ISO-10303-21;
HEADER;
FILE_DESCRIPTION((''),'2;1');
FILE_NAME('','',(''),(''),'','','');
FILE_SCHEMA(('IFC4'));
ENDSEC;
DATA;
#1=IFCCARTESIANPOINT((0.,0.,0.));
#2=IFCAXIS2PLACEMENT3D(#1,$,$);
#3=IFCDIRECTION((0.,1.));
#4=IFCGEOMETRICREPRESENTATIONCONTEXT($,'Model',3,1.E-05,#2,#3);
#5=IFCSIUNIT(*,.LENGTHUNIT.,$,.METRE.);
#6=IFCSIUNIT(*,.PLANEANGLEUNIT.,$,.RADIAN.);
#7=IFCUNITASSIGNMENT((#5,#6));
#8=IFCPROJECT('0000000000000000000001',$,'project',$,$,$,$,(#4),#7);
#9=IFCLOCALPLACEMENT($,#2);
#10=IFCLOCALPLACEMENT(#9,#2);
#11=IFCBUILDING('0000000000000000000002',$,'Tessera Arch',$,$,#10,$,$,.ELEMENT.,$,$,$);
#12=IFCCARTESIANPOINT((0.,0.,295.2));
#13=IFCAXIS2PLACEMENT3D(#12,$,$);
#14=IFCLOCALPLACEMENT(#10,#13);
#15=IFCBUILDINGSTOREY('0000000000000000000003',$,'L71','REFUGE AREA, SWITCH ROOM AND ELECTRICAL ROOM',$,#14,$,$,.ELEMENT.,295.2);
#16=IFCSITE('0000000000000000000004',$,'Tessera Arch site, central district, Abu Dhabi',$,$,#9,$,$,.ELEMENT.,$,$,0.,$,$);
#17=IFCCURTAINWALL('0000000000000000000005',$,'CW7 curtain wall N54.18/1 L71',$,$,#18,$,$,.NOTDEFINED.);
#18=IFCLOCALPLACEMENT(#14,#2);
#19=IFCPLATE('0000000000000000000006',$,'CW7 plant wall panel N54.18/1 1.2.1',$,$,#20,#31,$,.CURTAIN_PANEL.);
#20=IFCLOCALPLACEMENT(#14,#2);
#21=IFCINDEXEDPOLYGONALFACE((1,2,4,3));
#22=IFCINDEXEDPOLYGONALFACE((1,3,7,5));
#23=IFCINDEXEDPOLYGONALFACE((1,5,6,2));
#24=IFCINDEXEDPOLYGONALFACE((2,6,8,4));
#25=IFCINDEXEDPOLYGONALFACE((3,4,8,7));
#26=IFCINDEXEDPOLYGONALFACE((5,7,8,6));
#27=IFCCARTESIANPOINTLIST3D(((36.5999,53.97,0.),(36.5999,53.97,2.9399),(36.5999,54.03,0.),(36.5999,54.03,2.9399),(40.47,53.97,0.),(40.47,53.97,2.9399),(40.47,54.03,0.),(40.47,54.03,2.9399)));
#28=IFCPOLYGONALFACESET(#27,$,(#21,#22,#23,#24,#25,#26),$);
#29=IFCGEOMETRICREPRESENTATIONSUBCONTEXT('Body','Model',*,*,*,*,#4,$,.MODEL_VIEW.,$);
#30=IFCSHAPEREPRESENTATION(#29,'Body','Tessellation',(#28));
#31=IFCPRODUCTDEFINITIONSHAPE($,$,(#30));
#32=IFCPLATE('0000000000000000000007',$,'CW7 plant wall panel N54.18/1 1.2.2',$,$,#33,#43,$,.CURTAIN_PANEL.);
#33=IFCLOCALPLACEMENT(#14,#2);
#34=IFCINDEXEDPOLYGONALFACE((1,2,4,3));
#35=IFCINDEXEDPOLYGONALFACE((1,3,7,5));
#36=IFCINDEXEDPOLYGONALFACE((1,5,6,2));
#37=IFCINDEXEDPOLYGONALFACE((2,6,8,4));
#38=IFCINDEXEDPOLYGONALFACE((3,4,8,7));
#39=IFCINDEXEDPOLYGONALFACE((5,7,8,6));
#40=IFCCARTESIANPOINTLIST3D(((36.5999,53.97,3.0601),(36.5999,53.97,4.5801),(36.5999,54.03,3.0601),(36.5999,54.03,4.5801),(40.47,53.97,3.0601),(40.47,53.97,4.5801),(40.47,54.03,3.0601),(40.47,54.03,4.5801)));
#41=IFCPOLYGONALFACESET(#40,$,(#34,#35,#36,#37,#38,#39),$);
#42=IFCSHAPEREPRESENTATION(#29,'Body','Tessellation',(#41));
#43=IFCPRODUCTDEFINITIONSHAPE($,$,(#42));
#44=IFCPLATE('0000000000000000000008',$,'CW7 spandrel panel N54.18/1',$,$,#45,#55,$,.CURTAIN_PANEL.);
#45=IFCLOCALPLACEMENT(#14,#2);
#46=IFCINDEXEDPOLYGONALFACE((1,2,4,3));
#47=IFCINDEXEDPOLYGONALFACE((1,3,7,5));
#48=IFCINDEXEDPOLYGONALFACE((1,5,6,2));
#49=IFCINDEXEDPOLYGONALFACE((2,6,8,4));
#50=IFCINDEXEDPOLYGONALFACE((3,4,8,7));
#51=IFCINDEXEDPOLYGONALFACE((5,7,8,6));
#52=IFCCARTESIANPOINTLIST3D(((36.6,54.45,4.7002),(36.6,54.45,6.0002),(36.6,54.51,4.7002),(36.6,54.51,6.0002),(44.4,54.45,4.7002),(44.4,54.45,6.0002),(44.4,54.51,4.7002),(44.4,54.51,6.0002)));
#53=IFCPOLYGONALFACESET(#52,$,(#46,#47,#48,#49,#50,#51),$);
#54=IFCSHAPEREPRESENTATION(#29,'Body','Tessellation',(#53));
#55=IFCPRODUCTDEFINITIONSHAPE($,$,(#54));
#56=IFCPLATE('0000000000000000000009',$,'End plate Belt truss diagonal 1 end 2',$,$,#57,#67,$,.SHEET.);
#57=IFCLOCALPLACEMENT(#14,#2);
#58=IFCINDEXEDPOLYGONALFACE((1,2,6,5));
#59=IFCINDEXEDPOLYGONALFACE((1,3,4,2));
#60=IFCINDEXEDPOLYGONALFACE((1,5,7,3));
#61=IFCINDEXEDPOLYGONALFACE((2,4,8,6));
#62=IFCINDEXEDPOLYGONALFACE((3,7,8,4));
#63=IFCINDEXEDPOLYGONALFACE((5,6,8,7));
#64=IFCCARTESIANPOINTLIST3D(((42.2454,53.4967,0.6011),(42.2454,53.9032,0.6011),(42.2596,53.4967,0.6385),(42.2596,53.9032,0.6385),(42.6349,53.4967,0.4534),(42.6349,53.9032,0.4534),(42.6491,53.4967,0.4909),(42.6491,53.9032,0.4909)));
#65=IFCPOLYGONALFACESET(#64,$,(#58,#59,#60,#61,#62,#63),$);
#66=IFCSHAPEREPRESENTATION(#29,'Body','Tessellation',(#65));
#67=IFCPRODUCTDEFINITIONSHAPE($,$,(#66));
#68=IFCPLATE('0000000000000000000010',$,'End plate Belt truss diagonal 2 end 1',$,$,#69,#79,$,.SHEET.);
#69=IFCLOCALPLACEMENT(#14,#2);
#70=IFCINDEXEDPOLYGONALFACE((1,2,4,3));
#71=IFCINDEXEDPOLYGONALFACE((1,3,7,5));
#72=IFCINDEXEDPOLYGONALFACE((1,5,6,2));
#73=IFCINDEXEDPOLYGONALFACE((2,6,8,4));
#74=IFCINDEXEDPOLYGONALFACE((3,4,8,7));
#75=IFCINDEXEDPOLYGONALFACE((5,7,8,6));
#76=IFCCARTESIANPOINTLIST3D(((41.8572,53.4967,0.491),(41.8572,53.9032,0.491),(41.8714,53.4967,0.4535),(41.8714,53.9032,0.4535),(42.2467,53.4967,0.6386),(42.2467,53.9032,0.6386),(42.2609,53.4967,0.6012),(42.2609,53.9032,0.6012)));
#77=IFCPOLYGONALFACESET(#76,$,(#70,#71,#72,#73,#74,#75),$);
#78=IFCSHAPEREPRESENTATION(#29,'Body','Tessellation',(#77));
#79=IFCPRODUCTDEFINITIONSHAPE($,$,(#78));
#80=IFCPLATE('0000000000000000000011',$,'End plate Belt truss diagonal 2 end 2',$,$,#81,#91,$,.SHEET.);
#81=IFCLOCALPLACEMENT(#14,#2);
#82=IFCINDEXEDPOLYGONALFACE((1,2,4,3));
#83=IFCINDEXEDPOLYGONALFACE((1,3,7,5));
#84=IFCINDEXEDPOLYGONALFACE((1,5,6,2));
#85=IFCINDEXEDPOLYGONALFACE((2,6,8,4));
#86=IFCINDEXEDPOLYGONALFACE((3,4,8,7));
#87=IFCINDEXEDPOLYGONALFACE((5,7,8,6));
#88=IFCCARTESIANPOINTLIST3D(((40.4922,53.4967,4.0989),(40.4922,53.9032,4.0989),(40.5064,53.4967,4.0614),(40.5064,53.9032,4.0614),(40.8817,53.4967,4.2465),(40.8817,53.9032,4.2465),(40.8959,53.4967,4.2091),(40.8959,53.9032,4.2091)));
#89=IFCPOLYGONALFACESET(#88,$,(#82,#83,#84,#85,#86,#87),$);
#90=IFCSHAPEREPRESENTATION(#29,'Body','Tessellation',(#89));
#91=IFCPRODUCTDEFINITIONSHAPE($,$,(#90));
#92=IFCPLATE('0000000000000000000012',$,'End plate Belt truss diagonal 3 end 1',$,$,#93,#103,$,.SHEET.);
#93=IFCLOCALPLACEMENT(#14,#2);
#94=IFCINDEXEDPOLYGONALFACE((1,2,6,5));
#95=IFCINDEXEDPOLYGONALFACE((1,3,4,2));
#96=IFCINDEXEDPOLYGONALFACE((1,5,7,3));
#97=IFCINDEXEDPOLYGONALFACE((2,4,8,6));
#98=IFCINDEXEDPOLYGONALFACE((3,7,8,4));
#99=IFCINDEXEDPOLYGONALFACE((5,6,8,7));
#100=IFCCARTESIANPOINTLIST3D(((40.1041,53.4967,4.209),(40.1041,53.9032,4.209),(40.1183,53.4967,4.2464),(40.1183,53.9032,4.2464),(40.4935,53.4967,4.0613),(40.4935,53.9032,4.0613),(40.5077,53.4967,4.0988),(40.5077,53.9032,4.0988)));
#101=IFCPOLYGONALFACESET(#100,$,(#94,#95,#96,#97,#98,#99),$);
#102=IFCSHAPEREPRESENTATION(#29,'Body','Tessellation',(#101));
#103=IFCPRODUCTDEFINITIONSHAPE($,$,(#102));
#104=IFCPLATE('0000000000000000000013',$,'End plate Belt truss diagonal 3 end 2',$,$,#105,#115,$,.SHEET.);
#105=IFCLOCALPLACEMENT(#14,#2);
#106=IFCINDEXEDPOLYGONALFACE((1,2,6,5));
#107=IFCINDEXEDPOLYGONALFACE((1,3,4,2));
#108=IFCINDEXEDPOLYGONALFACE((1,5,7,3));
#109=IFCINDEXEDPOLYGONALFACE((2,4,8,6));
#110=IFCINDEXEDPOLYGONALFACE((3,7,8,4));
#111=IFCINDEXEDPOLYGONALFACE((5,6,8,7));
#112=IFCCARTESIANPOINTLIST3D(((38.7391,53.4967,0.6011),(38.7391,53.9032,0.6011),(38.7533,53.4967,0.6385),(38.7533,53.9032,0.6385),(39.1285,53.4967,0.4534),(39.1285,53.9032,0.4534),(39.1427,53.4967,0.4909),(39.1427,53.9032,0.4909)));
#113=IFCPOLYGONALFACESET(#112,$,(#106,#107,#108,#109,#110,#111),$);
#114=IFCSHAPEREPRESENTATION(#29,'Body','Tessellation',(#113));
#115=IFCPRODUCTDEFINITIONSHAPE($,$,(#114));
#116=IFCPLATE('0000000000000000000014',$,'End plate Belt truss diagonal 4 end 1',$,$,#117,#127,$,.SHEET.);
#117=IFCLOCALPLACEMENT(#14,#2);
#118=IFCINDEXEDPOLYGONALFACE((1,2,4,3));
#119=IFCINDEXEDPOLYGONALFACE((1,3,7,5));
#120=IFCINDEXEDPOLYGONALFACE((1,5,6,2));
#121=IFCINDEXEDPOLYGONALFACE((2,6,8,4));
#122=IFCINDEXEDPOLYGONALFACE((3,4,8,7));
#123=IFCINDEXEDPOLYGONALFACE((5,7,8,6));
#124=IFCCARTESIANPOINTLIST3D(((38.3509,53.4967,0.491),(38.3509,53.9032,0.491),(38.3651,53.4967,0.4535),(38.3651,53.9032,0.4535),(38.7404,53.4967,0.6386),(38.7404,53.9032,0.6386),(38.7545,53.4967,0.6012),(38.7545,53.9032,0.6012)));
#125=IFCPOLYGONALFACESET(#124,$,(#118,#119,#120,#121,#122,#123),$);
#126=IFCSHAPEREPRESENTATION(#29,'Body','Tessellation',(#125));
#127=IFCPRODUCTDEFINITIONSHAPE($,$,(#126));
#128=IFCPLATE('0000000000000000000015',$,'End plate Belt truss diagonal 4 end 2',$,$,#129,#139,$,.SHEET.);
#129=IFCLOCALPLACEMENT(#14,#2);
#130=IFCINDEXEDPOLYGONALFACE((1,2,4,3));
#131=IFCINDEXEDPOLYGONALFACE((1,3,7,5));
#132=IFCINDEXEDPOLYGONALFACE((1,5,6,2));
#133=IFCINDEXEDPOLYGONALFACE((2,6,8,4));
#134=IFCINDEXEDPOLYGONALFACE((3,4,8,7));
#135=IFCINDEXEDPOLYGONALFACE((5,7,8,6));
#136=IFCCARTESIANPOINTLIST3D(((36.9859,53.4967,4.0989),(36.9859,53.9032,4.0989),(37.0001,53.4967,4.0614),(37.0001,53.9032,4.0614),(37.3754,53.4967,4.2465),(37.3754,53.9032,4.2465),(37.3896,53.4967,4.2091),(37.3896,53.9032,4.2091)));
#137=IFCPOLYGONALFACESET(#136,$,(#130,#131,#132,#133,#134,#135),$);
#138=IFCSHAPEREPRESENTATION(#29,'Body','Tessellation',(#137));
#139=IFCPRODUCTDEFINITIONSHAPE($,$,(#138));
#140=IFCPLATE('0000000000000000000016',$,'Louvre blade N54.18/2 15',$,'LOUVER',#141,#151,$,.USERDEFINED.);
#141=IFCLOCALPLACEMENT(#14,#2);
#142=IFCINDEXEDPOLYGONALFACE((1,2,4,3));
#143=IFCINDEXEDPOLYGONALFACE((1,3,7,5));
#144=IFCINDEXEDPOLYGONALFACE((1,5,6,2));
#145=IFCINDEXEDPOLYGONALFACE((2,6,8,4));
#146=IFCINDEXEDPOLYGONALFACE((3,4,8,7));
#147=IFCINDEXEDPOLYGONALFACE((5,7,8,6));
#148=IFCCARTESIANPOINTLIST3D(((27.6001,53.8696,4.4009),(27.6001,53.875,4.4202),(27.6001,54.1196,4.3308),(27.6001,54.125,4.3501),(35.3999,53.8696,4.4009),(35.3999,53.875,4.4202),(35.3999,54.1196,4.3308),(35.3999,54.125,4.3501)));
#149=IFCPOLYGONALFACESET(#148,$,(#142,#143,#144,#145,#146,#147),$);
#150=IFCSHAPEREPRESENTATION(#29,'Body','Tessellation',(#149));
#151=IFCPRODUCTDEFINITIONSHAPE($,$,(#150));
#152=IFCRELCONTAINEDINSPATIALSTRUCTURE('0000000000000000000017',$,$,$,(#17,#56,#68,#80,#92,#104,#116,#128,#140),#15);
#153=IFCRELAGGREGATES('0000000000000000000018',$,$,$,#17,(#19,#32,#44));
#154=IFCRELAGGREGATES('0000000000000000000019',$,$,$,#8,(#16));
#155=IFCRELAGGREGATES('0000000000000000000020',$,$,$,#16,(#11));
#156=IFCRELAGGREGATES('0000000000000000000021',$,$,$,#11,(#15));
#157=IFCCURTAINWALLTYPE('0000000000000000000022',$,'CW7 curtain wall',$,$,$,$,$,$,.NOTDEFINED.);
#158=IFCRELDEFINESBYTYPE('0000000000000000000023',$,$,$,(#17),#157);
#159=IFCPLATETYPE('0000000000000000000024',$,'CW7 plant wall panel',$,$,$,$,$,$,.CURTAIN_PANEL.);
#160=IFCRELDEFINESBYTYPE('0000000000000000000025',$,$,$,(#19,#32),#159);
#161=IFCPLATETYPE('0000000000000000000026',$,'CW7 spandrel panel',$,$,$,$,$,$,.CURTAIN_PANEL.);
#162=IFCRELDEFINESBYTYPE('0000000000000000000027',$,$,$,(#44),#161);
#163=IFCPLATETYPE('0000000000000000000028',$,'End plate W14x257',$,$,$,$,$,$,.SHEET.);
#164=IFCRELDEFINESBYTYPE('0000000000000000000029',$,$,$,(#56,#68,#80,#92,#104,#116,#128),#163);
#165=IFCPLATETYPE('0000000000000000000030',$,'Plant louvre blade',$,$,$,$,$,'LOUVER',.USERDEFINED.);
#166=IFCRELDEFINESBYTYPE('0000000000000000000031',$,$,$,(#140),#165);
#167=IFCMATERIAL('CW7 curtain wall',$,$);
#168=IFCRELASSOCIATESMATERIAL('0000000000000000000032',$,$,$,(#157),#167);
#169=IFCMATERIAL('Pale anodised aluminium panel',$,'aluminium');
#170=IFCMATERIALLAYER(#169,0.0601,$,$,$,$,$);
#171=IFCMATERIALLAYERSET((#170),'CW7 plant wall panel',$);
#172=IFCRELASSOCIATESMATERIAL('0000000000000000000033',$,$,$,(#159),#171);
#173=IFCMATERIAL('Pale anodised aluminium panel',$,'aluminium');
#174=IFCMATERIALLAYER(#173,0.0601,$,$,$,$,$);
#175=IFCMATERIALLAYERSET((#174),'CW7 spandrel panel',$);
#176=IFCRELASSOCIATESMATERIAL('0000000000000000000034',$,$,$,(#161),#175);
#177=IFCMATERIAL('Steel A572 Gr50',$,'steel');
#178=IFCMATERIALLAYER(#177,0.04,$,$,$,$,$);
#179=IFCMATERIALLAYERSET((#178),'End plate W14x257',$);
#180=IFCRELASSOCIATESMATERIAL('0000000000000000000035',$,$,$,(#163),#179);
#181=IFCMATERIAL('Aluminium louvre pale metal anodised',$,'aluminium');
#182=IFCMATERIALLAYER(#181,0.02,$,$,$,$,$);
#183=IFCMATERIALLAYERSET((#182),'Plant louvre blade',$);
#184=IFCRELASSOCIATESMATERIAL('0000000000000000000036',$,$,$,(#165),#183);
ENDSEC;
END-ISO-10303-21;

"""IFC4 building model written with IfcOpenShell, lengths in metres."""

from ifc_helpers import new_model, si_unit, direction, frame, origin, origin_2d, place, context, subcontext, project, spatial, polyline, rectangle, outline, extrude, material, layer, layer_set, type_object, element, aggregate, save


model = new_model("IFC4")

# Units and contexts
model_context = context("Model", 3, precision=1e-05, world=origin(), true_north=direction((0.0, 1.0)))
body_context = subcontext(model_context, "Body", "Model", "MODEL_VIEW")
ifc_project = project(units=[si_unit("LENGTHUNIT", "METRE"), si_unit("PLANEANGLEUNIT", "RADIAN")], contexts=[model_context])

# Site, building, storey
site_placement = place(None, origin())
site = spatial("IfcSite", under=ifc_project, at=site_placement, Name="Tessera Arch site, central district, Abu Dhabi", CompositionType="ELEMENT", RefElevation=0.0)
building_placement = place(site_placement, origin())
building = spatial("IfcBuilding", under=site, at=building_placement, Name="Tessera Arch", CompositionType="ELEMENT")
storey_placement = place(building_placement, frame((0.0, 0.0, 295.2)))
storey = spatial("IfcBuildingStorey", under=building, at=storey_placement, Name="L71", Description="REFUGE AREA, SWITCH ROOM AND ELECTRICAL ROOM", CompositionType="ELEMENT", Elevation=295.2)

# Curtain wall
ifc_material_1 = material(Name="CW7 curtain wall")
curtain_wall_type = type_object("IfcCurtainWallType", Name="CW7 curtain wall", PredefinedType="NOTDEFINED", material=ifc_material_1)
curtain_wall_placement = place(storey_placement, origin())
curtain_wall = element("IfcCurtainWall", 1, at=curtain_wall_placement, inside=storey, type_object=curtain_wall_type, Name="CW7 curtain wall N54.18/1 L71", PredefinedType="NOTDEFINED")

# Plates
ifc_material_2 = material(Name="Pale anodised aluminium panel", Category="aluminium")
ifc_layer_1 = layer(ifc_material_2, 0.0601)
ifc_layer_set_1 = layer_set([ifc_layer_1], Name="CW7 plant wall panel")
plate_type_1 = type_object("IfcPlateType", Name="CW7 plant wall panel", PredefinedType="CURTAIN_PANEL", material=ifc_layer_set_1)
plate_1_placement = place(storey_placement, frame((38.5349, 54.0, 0.0), z_axis=(0.0, 0.0, 1.0), x_axis=(-1.0, 0.0, 0.0)))
plate_1 = element("IfcPlate", 2, at=plate_1_placement, type_object=plate_type_1, Name="CW7 plant wall panel N54.18/1 1.2.1", PredefinedType="CURTAIN_PANEL", context=body_context, shape_type="SweptSolid", body=[
    extrude(rectangle(XDim=3.8701, YDim=0.0601, at=origin_2d()), origin(), (0.0, 0.0, 1.0), 2.9399),
])
plate_2_placement = place(storey_placement, frame((38.5349, 54.0, 3.0601), z_axis=(0.0, 0.0, 1.0), x_axis=(-1.0, 0.0, 0.0)))
plate_2 = element("IfcPlate", 3, at=plate_2_placement, type_object=plate_type_1, Name="CW7 plant wall panel N54.18/1 1.2.2", PredefinedType="CURTAIN_PANEL", context=body_context, shape_type="SweptSolid", body=[
    extrude(rectangle(XDim=3.8701, YDim=0.0601, at=origin_2d()), origin(), (0.0, 0.0, 1.0), 1.52),
])
ifc_material_3 = material(Name="Pale anodised aluminium panel", Category="aluminium")
ifc_layer_2 = layer(ifc_material_3, 0.0601)
ifc_layer_set_2 = layer_set([ifc_layer_2], Name="CW7 spandrel panel")
plate_type_2 = type_object("IfcPlateType", Name="CW7 spandrel panel", PredefinedType="CURTAIN_PANEL", material=ifc_layer_set_2)
plate_3_placement = place(storey_placement, frame((40.5, 54.48, 4.7002), z_axis=(0.0, 0.0, 1.0), x_axis=(-1.0, 0.0, 0.0)))
plate_3 = element("IfcPlate", 4, at=plate_3_placement, type_object=plate_type_2, Name="CW7 spandrel panel N54.18/1", PredefinedType="CURTAIN_PANEL", context=body_context, shape_type="SweptSolid", body=[
    extrude(rectangle(XDim=7.8, YDim=0.0601, at=origin_2d()), origin(), (0.0, 0.0, 1.0), 1.3),
])
aggregate(curtain_wall, [plate_1, plate_2, plate_3])

# Plates
ifc_material_4 = material(Name="Steel A572 Gr50", Category="steel")
ifc_layer_3 = layer(ifc_material_4, 0.04)
ifc_layer_set_3 = layer_set([ifc_layer_3], Name="End plate W14x257")
plate_type_3 = type_object("IfcPlateType", Name="End plate W14x257", PredefinedType="SHEET", material=ifc_layer_set_3)
for number, where, z_axis, x_axis, name in (
    (5, (42.4543, 53.7, 0.5647), (-0.35447, 0.0, -0.935067), (0.0, -1.0, 0.0), "End plate Belt truss diagonal 1 end 2"),
    (6, (42.0662, 53.7, 0.5273), (-0.35447, 0.0, 0.935067), (0.0, -1.0, 0.0), "End plate Belt truss diagonal 2 end 1"),
    (7, (40.7012, 53.7, 4.1353), (-0.35447, 0.0, 0.935067), (0.0, -1.0, 0.0), "End plate Belt truss diagonal 2 end 2"),
    (8, (40.313, 53.7, 4.1726), (-0.35447, 0.0, -0.935067), (0.0, -1.0, 0.0), "End plate Belt truss diagonal 3 end 1"),
    (9, (38.948, 53.7, 0.5647), (-0.35447, 0.0, -0.935067), (0.0, -1.0, 0.0), "End plate Belt truss diagonal 3 end 2"),
    (10, (38.5598, 53.7, 0.5273), (-0.35447, 0.0, 0.935067), (0.0, -1.0, 0.0), "End plate Belt truss diagonal 4 end 1"),
    (11, (37.1948, 53.7, 4.1353), (-0.35447, 0.0, 0.935067), (0.0, -1.0, 0.0), "End plate Belt truss diagonal 4 end 2"),
):
    element("IfcPlate", number, at=place(storey_placement, frame(where, z_axis=z_axis, x_axis=x_axis)), inside=storey, type_object=plate_type_3, Name=name, PredefinedType="SHEET", context=body_context, shape_type="SweptSolid", body=[
        extrude(rectangle(XDim=0.4065, YDim=0.4165, at=origin_2d()), origin(), (0.0, 0.0, 1.0), 0.04),
    ])
ifc_material_5 = material(Name="Aluminium louvre pale metal anodised", Category="aluminium")
ifc_layer_4 = layer(ifc_material_5, 0.02)
ifc_layer_set_4 = layer_set([ifc_layer_4], Name="Plant louvre blade")
plate_type_4 = type_object("IfcPlateType", Name="Plant louvre blade", ElementType="LOUVER", PredefinedType="USERDEFINED", material=ifc_layer_set_4)
plate_4_placement = place(storey_placement, frame((35.3999, 54.125, 4.3501), z_axis=(0.0, 0.269874, 0.962896), x_axis=(-1.0, 0.0, 0.0)))
element("IfcPlate", 12, at=plate_4_placement, inside=storey, type_object=plate_type_4, Name="Louvre blade N54.18/2 15", ObjectType="LOUVER", PredefinedType="USERDEFINED", context=body_context, shape_type="SweptSolid", body=[
    extrude(outline(polyline([(0.0, 0.0), (7.7998, 0.0), (7.7998, 0.2596), (0.0, 0.2596), (0.0, 0.0)])), origin(), (0.0, 0.0, -1.0), 0.02),
])

save(model, "model.ifc")
